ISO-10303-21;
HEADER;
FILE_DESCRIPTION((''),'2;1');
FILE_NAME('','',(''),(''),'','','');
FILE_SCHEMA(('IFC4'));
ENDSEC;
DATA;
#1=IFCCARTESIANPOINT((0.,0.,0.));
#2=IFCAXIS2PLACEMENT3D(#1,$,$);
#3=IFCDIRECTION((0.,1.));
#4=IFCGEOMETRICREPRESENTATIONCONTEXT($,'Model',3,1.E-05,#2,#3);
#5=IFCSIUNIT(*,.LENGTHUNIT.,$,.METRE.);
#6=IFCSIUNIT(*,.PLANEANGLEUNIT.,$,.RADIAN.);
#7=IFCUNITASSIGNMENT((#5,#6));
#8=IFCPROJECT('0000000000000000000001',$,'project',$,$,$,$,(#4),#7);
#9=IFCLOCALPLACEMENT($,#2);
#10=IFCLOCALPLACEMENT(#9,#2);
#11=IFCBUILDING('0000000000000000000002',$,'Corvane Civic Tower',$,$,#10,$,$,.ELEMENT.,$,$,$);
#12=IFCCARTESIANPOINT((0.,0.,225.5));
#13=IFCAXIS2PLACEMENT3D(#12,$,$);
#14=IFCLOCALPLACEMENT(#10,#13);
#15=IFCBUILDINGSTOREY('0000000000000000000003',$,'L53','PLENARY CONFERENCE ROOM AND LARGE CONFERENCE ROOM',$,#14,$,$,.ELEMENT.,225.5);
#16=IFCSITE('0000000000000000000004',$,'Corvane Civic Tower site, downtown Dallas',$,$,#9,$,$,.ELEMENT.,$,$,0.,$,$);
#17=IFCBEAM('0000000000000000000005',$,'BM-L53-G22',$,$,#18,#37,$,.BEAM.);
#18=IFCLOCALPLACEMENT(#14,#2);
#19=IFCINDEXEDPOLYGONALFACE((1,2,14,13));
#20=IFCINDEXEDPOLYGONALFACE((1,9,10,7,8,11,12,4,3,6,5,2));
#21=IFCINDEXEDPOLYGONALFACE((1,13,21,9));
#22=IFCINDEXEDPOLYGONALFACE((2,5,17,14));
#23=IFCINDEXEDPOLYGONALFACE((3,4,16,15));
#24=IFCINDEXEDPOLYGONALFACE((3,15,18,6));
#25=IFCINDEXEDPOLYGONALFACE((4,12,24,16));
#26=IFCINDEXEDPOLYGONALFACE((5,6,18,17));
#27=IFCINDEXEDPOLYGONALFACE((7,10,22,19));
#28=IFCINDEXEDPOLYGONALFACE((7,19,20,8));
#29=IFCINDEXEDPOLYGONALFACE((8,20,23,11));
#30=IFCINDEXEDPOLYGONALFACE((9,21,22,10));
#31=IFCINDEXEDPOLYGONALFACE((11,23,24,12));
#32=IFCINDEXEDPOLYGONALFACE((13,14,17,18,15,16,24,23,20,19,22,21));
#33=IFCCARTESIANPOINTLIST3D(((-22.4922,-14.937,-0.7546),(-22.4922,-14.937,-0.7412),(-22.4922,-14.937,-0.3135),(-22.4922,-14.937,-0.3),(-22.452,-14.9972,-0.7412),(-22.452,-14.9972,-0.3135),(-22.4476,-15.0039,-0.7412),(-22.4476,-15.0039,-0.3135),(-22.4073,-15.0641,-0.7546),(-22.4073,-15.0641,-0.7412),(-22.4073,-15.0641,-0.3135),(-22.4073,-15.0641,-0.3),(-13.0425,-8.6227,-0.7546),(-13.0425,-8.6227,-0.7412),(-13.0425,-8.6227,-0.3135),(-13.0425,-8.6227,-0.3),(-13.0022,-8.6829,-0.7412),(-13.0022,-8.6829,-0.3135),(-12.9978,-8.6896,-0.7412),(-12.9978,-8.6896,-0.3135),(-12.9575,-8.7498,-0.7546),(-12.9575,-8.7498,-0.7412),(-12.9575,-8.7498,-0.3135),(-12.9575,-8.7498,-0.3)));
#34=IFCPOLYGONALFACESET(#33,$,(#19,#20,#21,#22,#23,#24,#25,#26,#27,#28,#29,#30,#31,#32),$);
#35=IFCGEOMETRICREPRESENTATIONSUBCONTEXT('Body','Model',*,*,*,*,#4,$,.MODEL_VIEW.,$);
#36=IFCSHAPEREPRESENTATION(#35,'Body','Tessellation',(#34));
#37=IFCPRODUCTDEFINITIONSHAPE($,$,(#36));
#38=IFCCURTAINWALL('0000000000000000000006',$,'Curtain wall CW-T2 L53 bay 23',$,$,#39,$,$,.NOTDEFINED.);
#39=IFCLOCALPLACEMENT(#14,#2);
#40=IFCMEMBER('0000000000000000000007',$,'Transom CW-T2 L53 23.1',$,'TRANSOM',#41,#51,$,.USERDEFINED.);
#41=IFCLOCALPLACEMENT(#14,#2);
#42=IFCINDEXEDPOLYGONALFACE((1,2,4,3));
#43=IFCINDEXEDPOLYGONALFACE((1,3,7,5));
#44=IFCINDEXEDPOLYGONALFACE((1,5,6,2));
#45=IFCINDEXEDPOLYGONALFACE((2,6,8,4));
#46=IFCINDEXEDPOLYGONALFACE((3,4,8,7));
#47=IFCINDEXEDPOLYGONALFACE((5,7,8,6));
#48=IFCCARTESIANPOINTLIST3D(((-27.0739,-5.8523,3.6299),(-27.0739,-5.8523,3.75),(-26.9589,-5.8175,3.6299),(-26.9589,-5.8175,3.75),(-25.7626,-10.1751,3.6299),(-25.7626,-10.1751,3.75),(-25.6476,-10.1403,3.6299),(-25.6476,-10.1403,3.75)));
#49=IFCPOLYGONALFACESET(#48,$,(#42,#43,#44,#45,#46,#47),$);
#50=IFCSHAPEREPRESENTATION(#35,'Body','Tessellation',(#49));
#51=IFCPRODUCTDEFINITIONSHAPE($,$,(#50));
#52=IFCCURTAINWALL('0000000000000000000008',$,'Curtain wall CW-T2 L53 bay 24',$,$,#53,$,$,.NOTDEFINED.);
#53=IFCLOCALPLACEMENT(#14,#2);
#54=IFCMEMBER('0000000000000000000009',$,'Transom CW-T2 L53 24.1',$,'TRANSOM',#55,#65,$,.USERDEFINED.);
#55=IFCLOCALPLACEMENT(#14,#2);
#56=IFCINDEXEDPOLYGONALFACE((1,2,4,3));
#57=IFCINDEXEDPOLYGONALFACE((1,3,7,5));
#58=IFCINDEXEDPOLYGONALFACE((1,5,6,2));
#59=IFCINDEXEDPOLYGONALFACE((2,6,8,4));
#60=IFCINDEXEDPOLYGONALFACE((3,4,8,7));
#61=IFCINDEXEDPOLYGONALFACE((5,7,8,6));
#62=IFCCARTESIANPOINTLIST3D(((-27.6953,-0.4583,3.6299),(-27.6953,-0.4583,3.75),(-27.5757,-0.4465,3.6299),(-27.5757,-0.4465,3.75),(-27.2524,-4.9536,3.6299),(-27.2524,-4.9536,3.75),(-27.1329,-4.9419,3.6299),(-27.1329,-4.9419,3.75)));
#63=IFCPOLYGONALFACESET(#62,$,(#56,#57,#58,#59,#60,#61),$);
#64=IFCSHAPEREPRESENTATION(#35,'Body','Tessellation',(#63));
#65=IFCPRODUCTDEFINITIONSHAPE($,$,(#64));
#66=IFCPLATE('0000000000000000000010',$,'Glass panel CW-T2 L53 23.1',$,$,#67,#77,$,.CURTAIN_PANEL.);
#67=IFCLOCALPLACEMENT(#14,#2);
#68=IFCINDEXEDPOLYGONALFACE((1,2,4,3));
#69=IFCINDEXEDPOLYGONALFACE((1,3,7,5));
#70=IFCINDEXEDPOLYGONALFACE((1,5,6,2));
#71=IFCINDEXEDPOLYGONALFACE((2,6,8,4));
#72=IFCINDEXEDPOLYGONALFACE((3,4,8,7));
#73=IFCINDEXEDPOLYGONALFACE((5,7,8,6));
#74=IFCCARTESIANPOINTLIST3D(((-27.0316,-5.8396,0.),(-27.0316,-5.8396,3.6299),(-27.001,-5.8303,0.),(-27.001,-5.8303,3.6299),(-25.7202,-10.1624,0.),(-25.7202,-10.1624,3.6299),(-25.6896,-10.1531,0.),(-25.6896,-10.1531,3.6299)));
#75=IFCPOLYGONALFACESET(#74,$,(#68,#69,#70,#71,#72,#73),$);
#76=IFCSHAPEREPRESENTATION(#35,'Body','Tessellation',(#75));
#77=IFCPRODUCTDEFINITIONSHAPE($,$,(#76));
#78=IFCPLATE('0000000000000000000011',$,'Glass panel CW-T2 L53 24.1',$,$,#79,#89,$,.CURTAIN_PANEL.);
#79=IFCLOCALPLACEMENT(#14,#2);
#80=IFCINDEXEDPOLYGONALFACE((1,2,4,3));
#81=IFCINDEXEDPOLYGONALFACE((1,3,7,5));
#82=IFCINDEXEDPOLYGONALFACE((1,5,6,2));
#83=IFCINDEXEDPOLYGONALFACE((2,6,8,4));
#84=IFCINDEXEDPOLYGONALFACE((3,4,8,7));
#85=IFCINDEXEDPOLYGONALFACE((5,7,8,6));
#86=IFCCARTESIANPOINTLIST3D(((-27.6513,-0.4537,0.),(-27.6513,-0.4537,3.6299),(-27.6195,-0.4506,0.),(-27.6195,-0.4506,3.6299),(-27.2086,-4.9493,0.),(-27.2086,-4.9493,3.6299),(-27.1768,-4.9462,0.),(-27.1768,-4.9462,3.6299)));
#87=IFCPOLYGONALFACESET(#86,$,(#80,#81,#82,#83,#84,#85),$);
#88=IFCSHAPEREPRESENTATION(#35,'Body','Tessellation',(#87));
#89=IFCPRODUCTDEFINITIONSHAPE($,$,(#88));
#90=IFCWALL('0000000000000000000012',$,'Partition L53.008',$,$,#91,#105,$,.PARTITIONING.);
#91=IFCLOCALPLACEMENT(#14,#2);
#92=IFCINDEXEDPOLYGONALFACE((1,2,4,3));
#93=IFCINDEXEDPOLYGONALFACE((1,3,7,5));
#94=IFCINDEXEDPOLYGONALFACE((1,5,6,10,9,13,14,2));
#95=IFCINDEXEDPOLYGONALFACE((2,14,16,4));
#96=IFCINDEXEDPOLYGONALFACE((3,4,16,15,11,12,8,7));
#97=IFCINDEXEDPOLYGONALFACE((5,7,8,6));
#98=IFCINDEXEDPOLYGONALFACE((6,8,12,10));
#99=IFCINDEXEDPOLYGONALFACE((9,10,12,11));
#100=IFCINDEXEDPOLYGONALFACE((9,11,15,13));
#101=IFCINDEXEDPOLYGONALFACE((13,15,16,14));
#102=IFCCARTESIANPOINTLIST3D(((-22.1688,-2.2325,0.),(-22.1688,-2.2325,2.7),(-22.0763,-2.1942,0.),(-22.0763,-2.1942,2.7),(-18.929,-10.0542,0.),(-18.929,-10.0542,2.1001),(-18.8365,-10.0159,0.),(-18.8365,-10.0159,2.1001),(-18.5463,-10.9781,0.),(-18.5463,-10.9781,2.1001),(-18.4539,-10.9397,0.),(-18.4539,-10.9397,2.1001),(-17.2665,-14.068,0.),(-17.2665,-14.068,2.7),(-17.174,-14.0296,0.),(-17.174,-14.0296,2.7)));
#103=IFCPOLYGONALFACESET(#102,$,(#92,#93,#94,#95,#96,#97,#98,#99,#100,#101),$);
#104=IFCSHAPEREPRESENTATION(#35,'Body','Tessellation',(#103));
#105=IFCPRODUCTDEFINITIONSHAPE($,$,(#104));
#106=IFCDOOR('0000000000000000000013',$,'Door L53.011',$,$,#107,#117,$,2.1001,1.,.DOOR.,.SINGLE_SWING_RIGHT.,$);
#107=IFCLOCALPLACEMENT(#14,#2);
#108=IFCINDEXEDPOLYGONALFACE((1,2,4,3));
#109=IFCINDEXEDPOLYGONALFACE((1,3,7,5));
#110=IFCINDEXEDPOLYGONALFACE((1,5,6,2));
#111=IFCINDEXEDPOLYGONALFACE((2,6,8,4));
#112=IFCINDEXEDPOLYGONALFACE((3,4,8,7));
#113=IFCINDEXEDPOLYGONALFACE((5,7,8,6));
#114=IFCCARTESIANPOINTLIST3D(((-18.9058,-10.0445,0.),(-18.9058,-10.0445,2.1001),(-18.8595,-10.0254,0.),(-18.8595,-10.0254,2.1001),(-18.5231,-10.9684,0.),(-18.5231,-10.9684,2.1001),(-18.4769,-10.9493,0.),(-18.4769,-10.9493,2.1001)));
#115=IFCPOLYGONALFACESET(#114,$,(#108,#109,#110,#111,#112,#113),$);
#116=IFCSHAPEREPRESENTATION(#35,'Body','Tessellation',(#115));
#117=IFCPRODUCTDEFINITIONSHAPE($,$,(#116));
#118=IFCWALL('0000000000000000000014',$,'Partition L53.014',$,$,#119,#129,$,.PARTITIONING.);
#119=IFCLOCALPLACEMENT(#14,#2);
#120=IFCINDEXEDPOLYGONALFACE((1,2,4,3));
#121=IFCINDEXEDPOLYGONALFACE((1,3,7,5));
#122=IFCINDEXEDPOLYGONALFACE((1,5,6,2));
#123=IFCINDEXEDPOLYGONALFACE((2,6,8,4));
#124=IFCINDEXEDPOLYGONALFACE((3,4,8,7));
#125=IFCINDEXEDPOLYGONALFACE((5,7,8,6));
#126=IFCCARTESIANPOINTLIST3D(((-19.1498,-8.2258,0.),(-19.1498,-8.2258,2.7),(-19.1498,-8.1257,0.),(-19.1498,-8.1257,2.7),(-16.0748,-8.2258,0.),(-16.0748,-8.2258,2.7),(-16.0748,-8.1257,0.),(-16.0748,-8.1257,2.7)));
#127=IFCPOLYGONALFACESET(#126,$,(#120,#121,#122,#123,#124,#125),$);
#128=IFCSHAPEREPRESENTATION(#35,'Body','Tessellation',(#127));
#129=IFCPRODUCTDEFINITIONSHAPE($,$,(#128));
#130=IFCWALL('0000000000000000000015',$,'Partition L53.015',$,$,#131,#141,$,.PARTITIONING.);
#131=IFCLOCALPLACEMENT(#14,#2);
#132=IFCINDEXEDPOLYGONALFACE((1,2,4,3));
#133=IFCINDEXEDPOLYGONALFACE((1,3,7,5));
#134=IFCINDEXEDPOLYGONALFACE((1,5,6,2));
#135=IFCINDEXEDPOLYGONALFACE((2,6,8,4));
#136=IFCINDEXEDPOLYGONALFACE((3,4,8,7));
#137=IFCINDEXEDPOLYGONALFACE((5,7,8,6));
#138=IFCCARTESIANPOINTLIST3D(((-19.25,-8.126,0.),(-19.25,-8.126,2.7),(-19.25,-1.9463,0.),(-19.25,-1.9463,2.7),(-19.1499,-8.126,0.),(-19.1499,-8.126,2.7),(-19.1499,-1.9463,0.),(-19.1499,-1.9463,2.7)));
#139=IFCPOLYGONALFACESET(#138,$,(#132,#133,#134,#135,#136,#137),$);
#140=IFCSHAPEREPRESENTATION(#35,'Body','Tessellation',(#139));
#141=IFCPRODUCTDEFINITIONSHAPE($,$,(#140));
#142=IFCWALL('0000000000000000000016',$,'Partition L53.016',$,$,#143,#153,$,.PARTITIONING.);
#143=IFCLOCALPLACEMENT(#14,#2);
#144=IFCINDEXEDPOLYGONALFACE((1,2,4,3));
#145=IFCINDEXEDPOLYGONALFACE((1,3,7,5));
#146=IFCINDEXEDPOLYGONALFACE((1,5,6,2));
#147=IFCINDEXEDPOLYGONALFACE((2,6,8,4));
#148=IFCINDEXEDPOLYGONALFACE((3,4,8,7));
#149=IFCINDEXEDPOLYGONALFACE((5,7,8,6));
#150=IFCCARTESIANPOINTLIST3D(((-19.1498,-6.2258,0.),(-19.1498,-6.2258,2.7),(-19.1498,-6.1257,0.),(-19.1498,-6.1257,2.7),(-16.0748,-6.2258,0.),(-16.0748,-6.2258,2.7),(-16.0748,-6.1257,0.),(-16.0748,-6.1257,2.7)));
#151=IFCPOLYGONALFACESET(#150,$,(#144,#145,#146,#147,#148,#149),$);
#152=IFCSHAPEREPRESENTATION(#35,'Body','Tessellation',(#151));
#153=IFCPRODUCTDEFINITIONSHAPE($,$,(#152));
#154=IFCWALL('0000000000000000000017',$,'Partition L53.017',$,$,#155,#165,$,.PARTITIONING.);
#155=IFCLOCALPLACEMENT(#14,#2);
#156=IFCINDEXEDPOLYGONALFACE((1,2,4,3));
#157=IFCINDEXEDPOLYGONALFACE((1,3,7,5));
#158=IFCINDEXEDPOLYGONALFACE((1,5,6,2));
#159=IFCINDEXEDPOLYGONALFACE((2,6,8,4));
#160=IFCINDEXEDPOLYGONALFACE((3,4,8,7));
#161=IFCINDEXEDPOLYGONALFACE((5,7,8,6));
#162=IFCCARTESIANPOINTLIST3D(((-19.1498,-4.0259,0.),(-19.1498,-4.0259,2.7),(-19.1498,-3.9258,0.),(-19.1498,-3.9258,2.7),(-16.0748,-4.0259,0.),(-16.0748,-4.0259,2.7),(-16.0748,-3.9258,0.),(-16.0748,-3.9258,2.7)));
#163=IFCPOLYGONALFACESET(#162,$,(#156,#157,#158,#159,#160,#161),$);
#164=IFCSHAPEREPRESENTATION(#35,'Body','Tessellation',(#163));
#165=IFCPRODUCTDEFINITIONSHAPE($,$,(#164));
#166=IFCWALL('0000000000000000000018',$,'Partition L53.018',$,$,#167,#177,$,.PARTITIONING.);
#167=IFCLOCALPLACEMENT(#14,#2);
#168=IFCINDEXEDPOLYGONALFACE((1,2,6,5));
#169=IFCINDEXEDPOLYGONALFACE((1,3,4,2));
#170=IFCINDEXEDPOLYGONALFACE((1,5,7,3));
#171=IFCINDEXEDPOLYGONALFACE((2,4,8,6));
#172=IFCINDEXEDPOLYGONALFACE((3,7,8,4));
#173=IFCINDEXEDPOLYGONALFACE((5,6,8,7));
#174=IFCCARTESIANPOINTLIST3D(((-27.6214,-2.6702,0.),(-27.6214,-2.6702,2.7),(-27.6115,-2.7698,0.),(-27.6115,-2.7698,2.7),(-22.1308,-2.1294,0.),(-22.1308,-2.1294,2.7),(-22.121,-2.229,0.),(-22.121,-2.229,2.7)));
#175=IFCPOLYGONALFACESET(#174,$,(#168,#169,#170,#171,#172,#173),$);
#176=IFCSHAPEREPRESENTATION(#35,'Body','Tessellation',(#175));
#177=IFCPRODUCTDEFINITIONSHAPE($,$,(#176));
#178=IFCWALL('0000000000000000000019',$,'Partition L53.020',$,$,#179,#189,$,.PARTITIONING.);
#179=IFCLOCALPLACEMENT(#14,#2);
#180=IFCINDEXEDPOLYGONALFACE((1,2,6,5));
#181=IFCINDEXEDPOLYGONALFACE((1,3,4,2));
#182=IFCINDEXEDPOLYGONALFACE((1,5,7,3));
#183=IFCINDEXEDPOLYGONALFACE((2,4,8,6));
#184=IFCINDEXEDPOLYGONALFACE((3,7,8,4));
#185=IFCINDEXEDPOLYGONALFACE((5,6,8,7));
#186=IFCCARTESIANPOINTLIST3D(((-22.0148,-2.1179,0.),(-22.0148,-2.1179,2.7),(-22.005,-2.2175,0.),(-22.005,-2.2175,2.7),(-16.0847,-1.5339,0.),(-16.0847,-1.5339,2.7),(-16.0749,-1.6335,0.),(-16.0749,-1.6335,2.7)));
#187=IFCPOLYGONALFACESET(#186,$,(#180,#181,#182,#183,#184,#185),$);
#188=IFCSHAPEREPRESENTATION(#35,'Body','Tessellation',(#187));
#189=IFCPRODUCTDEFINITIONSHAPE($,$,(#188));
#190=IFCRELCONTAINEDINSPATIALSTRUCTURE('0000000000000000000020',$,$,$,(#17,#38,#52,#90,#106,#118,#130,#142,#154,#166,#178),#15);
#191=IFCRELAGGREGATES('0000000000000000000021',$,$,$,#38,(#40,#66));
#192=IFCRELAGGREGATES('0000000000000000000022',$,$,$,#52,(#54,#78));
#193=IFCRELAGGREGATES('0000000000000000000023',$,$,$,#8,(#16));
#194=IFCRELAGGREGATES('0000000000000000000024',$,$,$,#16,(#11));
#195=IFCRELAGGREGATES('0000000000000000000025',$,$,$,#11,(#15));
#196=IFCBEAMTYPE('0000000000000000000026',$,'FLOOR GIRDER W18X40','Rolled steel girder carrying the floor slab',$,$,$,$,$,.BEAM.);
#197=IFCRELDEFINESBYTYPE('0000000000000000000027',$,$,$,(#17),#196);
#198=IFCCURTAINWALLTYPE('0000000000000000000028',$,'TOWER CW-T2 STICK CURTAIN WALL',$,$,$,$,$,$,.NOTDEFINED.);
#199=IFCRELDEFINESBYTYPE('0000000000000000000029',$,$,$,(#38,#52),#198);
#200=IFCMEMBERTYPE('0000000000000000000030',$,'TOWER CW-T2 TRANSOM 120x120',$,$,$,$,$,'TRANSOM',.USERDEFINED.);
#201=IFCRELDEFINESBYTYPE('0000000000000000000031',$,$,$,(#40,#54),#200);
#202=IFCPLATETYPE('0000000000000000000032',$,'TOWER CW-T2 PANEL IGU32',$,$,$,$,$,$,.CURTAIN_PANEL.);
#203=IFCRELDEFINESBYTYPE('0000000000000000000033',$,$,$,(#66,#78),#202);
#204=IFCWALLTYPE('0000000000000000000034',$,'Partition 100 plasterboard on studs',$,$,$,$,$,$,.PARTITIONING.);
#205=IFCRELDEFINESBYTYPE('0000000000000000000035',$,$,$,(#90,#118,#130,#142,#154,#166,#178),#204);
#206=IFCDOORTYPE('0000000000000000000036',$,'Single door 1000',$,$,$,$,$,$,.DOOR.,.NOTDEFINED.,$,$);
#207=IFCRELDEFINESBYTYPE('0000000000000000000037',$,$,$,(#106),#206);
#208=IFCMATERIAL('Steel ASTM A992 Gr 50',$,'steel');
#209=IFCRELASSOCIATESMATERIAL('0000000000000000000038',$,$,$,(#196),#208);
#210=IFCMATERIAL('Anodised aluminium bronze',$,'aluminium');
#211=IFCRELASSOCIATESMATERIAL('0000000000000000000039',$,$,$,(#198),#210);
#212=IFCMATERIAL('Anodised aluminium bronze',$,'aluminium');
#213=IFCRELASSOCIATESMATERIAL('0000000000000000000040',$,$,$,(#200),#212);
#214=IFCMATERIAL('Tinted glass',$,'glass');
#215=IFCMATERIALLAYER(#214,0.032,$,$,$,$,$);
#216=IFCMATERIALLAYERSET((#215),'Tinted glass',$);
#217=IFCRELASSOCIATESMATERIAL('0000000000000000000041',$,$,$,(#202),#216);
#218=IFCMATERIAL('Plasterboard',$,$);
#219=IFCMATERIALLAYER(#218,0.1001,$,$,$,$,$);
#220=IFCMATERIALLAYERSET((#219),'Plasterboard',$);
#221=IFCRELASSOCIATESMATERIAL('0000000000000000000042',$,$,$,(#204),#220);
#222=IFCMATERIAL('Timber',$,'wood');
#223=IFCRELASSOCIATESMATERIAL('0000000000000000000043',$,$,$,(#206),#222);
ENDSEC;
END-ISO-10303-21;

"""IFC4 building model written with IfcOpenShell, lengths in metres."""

from ifc_helpers import new_model, si_unit, direction, frame, frame_2d, origin, origin_2d, place, context, subcontext, project, spatial, rectangle, i_section, extrude, material, layer, layer_set, material_profile, profile_set, type_object, element, fill, aggregate, save


model = new_model("IFC4")

# Units and contexts
model_context = context("Model", 3, precision=1e-05, world=origin(), true_north=direction((0.0, 1.0)))
body_context = subcontext(model_context, "Body", "Model", "MODEL_VIEW")
ifc_project = project(units=[si_unit("LENGTHUNIT", "METRE"), si_unit("PLANEANGLEUNIT", "RADIAN")], contexts=[model_context])

# Site, building, storey
site_placement = place(None, origin())
site = spatial("IfcSite", under=ifc_project, at=site_placement, Name="Corvane Civic Tower site, downtown Dallas", CompositionType="ELEMENT", RefElevation=0.0)
building_placement = place(site_placement, origin())
building = spatial("IfcBuilding", under=site, at=building_placement, Name="Corvane Civic Tower", CompositionType="ELEMENT")
storey_placement = place(building_placement, frame((0.0, 0.0, 225.5)))
storey = spatial("IfcBuildingStorey", under=building, at=storey_placement, Name="L53", Description="PLENARY CONFERENCE ROOM AND LARGE CONFERENCE ROOM", CompositionType="ELEMENT", Elevation=225.5)

# Beam
ifc_material_1 = material(Name="Steel ASTM A992 Gr 50", Category="steel")
ifc_material_profile_1 = material_profile(ifc_material_1, i_section(OverallWidth=0.1528, OverallDepth=0.4546, WebThickness=0.0081, FlangeThickness=0.0134, at=origin_2d()), Name="W18X40")
ifc_profile_set_1 = profile_set([ifc_material_profile_1], Name="Steel ASTM A992 Gr 50")
beam_type_1 = type_object("IfcBeamType", Name="FLOOR GIRDER W18X40", Description="Rolled steel girder carrying the floor slab", PredefinedType="BEAM", material=ifc_profile_set_1)
beam_1_placement = place(storey_placement, frame((-13.0, -8.6863, -0.5273), z_axis=(-0.831465, -0.555577, 0.0), x_axis=(0.555577, -0.831465, 0.0)))
element("IfcBeam", 1, at=beam_1_placement, inside=storey, type_object=beam_type_1, Name="BM-L53-G22", PredefinedType="BEAM", context=body_context, shape_type="SweptSolid", body=[
    extrude(i_section(OverallWidth=0.1528, OverallDepth=0.4546, WebThickness=0.0081, FlangeThickness=0.0134, at=origin_2d()), origin(), (0.0, 0.0, 1.0), 11.3652),
])

# Curtain walls, members
ifc_material_2 = material(Name="Anodised aluminium bronze", Category="aluminium")
curtain_wall_type = type_object("IfcCurtainWallType", Name="TOWER CW-T2 STICK CURTAIN WALL", PredefinedType="NOTDEFINED", material=ifc_material_2)
curtain_wall_1_placement = place(storey_placement, origin())
curtain_wall_1 = element("IfcCurtainWall", 2, at=curtain_wall_1_placement, inside=storey, type_object=curtain_wall_type, Name="Curtain wall CW-T2 L53 bay 23", PredefinedType="NOTDEFINED")
ifc_material_3 = material(Name="Anodised aluminium bronze", Category="aluminium")
ifc_material_profile_2 = material_profile(ifc_material_3, rectangle(XDim=0.1201, YDim=0.1201, at=origin_2d()), Name="TOWER CW-T2 TRANSOM 120x120")
ifc_profile_set_2 = profile_set([ifc_material_profile_2], Name="Anodised aluminium bronze")
member_type = type_object("IfcMemberType", Name="TOWER CW-T2 TRANSOM 120x120", ElementType="TRANSOM", PredefinedType="USERDEFINED", material=ifc_profile_set_2)
member_1_placement = place(storey_placement, frame((-25.7051, -10.1577, 3.6899), z_axis=(-0.290282, 0.956941, 0.0), x_axis=(-0.956941, -0.290282, 0.0)))
member_1 = element("IfcMember", 3, at=member_1_placement, type_object=member_type, Name="Transom CW-T2 L53 23.1", ObjectType="TRANSOM", PredefinedType="USERDEFINED", context=body_context, shape_type="SweptSolid", body=[
    extrude(rectangle(XDim=0.1201, YDim=0.1201, at=origin_2d()), origin(), (0.0, 0.0, 1.0), 4.5173),
])
curtain_wall_2_placement = place(storey_placement, origin())
curtain_wall_2 = element("IfcCurtainWall", 4, at=curtain_wall_2_placement, inside=storey, type_object=curtain_wall_type, Name="Curtain wall CW-T2 L53 bay 24", PredefinedType="NOTDEFINED")
member_2_placement = place(storey_placement, frame((-27.1926, -4.9478, 3.6899), z_axis=(-0.098043, 0.995182, 0.0), x_axis=(-0.995182, -0.098043, 0.0)))
member_2 = element("IfcMember", 5, at=member_2_placement, type_object=member_type, Name="Transom CW-T2 L53 24.1", ObjectType="TRANSOM", PredefinedType="USERDEFINED", context=body_context, shape_type="SweptSolid", body=[
    extrude(rectangle(XDim=0.1201, YDim=0.1201, at=origin_2d()), origin(), (0.0, 0.0, 1.0), 4.5171),
])

# Plates
ifc_material_4 = material(Name="Tinted glass", Category="glass")
ifc_layer_1 = layer(ifc_material_4, 0.032)
ifc_layer_set_1 = layer_set([ifc_layer_1], Name="Tinted glass")
plate_type = type_object("IfcPlateType", Name="TOWER CW-T2 PANEL IGU32", PredefinedType="CURTAIN_PANEL", material=ifc_layer_set_1)
plate_1_placement = place(storey_placement, frame((-26.3606, -7.9963, 0.0), z_axis=(0.0, 0.0, 1.0), x_axis=(-0.29029, 0.956939, 0.0)))
plate_1 = element("IfcPlate", 6, at=plate_1_placement, type_object=plate_type, Name="Glass panel CW-T2 L53 23.1", PredefinedType="CURTAIN_PANEL", context=body_context, shape_type="SweptSolid", body=[
    extrude(rectangle(XDim=4.5173, YDim=0.032, at=origin_2d()), origin(), (0.0, 0.0, 1.0), 3.6299),
])
aggregate(curtain_wall_1, [member_1, plate_1])
plate_2_placement = place(storey_placement, frame((-27.4141, -2.7, 0.0), z_axis=(0.0, 0.0, 1.0), x_axis=(-0.097993, 0.995187, 0.0)))
plate_2 = element("IfcPlate", 7, at=plate_2_placement, type_object=plate_type, Name="Glass panel CW-T2 L53 24.1", PredefinedType="CURTAIN_PANEL", context=body_context, shape_type="SweptSolid", body=[
    extrude(rectangle(XDim=4.5173, YDim=0.032, at=origin_2d()), origin(), (0.0, 0.0, 1.0), 3.6299),
])
aggregate(curtain_wall_2, [member_2, plate_2])

# Wall, opening, door
ifc_material_5 = material(Name="Plasterboard")
ifc_layer_2 = layer(ifc_material_5, 0.1001)
ifc_layer_set_2 = layer_set([ifc_layer_2], Name="Plasterboard")
wall_type = type_object("IfcWallType", Name="Partition 100 plasterboard on studs", PredefinedType="PARTITIONING", material=ifc_layer_set_2)
wall_1_placement = place(storey_placement, frame((-22.1226, -2.2134, 0.0), z_axis=(0.0, 0.0, 1.0), x_axis=(0.382679, -0.923881, 0.0)))
wall_1 = element("IfcWall", 8, at=wall_1_placement, inside=storey, type_object=wall_type, Name="Partition L53.008", PredefinedType="PARTITIONING", context=body_context, shape_type="SweptSolid", body=[
    extrude(rectangle(XDim=12.8105, YDim=0.1001, at=frame_2d((6.4053, 0.0))), origin(), (0.0, 0.0, 1.0), 2.7),
])
opening_1_placement = place(wall_1_placement, frame((8.4661, 0.0, 0.0)))
opening_1 = element("IfcOpeningElement", 9, at=opening_1_placement, cuts=wall_1, PredefinedType="OPENING", context=body_context, shape_type="SweptSolid", body=[
    extrude(rectangle(XDim=1.0, YDim=2.1001, at=frame_2d((0.5, 1.05))), frame((0.0, 0.0601, 0.0), z_axis=(0.0, -1.0, 0.0), x_axis=(1.0, 0.0, 0.0)), (0.0, 0.0, 1.0), 0.1201),
])
ifc_material_6 = material(Name="Timber", Category="wood")
door_type = type_object("IfcDoorType", Name="Single door 1000", OperationType="NOTDEFINED", PredefinedType="DOOR", material=ifc_material_6)
door_1_placement = place(opening_1_placement, frame((1.0, 0.0, 0.0), z_axis=(0.0, 0.0, 1.0), x_axis=(-1.0, 0.0, 0.0)))
door_1 = element("IfcDoor", 10, at=door_1_placement, inside=storey, type_object=door_type, Name="Door L53.011", OperationType="SINGLE_SWING_RIGHT", OverallHeight=2.1001, OverallWidth=1.0, PredefinedType="DOOR", context=body_context, shape_type="SweptSolid", body=[
    extrude(rectangle(XDim=1.0, YDim=2.1001, at=frame_2d((0.5, 1.05))), frame((0.0, 0.0249, 0.0), z_axis=(0.0, -1.0, 0.0), x_axis=(1.0, 0.0, 0.0)), (0.0, 0.0, 1.0), 0.05),
])
fill(opening_1, door_1)

# Walls
wall_2_placement = place(storey_placement, frame((-19.1499, -8.1758, 0.0), z_axis=(0.0, 0.0, 1.0), x_axis=(1.0, 0.0, 0.0)))
element("IfcWall", 11, at=wall_2_placement, inside=storey, type_object=wall_type, Name="Partition L53.014", PredefinedType="PARTITIONING", context=body_context, shape_type="SweptSolid", body=[
    extrude(rectangle(XDim=3.075, YDim=0.1001, at=frame_2d((1.5376, 0.0))), origin(), (0.0, 0.0, 1.0), 2.7),
])
wall_3_placement = place(storey_placement, frame((-19.2, -8.126, 0.0), z_axis=(0.0, 0.0, 1.0), x_axis=(0.0, 1.0, 0.0)))
element("IfcWall", 12, at=wall_3_placement, inside=storey, type_object=wall_type, Name="Partition L53.015", PredefinedType="PARTITIONING", context=body_context, shape_type="SweptSolid", body=[
    extrude(rectangle(XDim=6.1797, YDim=0.1001, at=frame_2d((3.0898, 0.0))), origin(), (0.0, 0.0, 1.0), 2.7),
])
for number, where, z_axis, x_axis, name in (
    (13, (-19.1499, -6.1758, 0.0), (0.0, 0.0, 1.0), (1.0, 0.0, 0.0), "Partition L53.016"),
    (14, (-19.1499, -3.9758, 0.0), (0.0, 0.0, 1.0), (1.0, 0.0, 0.0), "Partition L53.017"),
):
    element("IfcWall", number, at=place(storey_placement, frame(where, z_axis=z_axis, x_axis=x_axis)), inside=storey, type_object=wall_type, Name=name, PredefinedType="PARTITIONING", context=body_context, shape_type="SweptSolid", body=[
        extrude(rectangle(XDim=3.075, YDim=0.1001, at=frame_2d((1.5376, 0.0))), origin(), (0.0, 0.0, 1.0), 2.7),
    ])
wall_4_placement = place(storey_placement, frame((-27.6165, -2.72, 0.0), z_axis=(0.0, 0.0, 1.0), x_axis=(0.995185, 0.098018, 0.0)))
element("IfcWall", 15, at=wall_4_placement, inside=storey, type_object=wall_type, Name="Partition L53.018", PredefinedType="PARTITIONING", context=body_context, shape_type="SweptSolid", body=[
    extrude(rectangle(XDim=5.5171, YDim=0.1001, at=frame_2d((2.7585, 0.0))), origin(), (0.0, 0.0, 1.0), 2.7),
])
wall_5_placement = place(storey_placement, frame((-22.01, -2.1677, 0.0), z_axis=(0.0, 0.0, 1.0), x_axis=(0.995186, 0.098003, 0.0)))
element("IfcWall", 16, at=wall_5_placement, inside=storey, type_object=wall_type, Name="Partition L53.020", PredefinedType="PARTITIONING", context=body_context, shape_type="SweptSolid", body=[
    extrude(rectangle(XDim=5.9587, YDim=0.1001, at=frame_2d((2.9795, 0.0))), origin(), (0.0, 0.0, 1.0), 2.7),
])

save(model, "model.ifc")
